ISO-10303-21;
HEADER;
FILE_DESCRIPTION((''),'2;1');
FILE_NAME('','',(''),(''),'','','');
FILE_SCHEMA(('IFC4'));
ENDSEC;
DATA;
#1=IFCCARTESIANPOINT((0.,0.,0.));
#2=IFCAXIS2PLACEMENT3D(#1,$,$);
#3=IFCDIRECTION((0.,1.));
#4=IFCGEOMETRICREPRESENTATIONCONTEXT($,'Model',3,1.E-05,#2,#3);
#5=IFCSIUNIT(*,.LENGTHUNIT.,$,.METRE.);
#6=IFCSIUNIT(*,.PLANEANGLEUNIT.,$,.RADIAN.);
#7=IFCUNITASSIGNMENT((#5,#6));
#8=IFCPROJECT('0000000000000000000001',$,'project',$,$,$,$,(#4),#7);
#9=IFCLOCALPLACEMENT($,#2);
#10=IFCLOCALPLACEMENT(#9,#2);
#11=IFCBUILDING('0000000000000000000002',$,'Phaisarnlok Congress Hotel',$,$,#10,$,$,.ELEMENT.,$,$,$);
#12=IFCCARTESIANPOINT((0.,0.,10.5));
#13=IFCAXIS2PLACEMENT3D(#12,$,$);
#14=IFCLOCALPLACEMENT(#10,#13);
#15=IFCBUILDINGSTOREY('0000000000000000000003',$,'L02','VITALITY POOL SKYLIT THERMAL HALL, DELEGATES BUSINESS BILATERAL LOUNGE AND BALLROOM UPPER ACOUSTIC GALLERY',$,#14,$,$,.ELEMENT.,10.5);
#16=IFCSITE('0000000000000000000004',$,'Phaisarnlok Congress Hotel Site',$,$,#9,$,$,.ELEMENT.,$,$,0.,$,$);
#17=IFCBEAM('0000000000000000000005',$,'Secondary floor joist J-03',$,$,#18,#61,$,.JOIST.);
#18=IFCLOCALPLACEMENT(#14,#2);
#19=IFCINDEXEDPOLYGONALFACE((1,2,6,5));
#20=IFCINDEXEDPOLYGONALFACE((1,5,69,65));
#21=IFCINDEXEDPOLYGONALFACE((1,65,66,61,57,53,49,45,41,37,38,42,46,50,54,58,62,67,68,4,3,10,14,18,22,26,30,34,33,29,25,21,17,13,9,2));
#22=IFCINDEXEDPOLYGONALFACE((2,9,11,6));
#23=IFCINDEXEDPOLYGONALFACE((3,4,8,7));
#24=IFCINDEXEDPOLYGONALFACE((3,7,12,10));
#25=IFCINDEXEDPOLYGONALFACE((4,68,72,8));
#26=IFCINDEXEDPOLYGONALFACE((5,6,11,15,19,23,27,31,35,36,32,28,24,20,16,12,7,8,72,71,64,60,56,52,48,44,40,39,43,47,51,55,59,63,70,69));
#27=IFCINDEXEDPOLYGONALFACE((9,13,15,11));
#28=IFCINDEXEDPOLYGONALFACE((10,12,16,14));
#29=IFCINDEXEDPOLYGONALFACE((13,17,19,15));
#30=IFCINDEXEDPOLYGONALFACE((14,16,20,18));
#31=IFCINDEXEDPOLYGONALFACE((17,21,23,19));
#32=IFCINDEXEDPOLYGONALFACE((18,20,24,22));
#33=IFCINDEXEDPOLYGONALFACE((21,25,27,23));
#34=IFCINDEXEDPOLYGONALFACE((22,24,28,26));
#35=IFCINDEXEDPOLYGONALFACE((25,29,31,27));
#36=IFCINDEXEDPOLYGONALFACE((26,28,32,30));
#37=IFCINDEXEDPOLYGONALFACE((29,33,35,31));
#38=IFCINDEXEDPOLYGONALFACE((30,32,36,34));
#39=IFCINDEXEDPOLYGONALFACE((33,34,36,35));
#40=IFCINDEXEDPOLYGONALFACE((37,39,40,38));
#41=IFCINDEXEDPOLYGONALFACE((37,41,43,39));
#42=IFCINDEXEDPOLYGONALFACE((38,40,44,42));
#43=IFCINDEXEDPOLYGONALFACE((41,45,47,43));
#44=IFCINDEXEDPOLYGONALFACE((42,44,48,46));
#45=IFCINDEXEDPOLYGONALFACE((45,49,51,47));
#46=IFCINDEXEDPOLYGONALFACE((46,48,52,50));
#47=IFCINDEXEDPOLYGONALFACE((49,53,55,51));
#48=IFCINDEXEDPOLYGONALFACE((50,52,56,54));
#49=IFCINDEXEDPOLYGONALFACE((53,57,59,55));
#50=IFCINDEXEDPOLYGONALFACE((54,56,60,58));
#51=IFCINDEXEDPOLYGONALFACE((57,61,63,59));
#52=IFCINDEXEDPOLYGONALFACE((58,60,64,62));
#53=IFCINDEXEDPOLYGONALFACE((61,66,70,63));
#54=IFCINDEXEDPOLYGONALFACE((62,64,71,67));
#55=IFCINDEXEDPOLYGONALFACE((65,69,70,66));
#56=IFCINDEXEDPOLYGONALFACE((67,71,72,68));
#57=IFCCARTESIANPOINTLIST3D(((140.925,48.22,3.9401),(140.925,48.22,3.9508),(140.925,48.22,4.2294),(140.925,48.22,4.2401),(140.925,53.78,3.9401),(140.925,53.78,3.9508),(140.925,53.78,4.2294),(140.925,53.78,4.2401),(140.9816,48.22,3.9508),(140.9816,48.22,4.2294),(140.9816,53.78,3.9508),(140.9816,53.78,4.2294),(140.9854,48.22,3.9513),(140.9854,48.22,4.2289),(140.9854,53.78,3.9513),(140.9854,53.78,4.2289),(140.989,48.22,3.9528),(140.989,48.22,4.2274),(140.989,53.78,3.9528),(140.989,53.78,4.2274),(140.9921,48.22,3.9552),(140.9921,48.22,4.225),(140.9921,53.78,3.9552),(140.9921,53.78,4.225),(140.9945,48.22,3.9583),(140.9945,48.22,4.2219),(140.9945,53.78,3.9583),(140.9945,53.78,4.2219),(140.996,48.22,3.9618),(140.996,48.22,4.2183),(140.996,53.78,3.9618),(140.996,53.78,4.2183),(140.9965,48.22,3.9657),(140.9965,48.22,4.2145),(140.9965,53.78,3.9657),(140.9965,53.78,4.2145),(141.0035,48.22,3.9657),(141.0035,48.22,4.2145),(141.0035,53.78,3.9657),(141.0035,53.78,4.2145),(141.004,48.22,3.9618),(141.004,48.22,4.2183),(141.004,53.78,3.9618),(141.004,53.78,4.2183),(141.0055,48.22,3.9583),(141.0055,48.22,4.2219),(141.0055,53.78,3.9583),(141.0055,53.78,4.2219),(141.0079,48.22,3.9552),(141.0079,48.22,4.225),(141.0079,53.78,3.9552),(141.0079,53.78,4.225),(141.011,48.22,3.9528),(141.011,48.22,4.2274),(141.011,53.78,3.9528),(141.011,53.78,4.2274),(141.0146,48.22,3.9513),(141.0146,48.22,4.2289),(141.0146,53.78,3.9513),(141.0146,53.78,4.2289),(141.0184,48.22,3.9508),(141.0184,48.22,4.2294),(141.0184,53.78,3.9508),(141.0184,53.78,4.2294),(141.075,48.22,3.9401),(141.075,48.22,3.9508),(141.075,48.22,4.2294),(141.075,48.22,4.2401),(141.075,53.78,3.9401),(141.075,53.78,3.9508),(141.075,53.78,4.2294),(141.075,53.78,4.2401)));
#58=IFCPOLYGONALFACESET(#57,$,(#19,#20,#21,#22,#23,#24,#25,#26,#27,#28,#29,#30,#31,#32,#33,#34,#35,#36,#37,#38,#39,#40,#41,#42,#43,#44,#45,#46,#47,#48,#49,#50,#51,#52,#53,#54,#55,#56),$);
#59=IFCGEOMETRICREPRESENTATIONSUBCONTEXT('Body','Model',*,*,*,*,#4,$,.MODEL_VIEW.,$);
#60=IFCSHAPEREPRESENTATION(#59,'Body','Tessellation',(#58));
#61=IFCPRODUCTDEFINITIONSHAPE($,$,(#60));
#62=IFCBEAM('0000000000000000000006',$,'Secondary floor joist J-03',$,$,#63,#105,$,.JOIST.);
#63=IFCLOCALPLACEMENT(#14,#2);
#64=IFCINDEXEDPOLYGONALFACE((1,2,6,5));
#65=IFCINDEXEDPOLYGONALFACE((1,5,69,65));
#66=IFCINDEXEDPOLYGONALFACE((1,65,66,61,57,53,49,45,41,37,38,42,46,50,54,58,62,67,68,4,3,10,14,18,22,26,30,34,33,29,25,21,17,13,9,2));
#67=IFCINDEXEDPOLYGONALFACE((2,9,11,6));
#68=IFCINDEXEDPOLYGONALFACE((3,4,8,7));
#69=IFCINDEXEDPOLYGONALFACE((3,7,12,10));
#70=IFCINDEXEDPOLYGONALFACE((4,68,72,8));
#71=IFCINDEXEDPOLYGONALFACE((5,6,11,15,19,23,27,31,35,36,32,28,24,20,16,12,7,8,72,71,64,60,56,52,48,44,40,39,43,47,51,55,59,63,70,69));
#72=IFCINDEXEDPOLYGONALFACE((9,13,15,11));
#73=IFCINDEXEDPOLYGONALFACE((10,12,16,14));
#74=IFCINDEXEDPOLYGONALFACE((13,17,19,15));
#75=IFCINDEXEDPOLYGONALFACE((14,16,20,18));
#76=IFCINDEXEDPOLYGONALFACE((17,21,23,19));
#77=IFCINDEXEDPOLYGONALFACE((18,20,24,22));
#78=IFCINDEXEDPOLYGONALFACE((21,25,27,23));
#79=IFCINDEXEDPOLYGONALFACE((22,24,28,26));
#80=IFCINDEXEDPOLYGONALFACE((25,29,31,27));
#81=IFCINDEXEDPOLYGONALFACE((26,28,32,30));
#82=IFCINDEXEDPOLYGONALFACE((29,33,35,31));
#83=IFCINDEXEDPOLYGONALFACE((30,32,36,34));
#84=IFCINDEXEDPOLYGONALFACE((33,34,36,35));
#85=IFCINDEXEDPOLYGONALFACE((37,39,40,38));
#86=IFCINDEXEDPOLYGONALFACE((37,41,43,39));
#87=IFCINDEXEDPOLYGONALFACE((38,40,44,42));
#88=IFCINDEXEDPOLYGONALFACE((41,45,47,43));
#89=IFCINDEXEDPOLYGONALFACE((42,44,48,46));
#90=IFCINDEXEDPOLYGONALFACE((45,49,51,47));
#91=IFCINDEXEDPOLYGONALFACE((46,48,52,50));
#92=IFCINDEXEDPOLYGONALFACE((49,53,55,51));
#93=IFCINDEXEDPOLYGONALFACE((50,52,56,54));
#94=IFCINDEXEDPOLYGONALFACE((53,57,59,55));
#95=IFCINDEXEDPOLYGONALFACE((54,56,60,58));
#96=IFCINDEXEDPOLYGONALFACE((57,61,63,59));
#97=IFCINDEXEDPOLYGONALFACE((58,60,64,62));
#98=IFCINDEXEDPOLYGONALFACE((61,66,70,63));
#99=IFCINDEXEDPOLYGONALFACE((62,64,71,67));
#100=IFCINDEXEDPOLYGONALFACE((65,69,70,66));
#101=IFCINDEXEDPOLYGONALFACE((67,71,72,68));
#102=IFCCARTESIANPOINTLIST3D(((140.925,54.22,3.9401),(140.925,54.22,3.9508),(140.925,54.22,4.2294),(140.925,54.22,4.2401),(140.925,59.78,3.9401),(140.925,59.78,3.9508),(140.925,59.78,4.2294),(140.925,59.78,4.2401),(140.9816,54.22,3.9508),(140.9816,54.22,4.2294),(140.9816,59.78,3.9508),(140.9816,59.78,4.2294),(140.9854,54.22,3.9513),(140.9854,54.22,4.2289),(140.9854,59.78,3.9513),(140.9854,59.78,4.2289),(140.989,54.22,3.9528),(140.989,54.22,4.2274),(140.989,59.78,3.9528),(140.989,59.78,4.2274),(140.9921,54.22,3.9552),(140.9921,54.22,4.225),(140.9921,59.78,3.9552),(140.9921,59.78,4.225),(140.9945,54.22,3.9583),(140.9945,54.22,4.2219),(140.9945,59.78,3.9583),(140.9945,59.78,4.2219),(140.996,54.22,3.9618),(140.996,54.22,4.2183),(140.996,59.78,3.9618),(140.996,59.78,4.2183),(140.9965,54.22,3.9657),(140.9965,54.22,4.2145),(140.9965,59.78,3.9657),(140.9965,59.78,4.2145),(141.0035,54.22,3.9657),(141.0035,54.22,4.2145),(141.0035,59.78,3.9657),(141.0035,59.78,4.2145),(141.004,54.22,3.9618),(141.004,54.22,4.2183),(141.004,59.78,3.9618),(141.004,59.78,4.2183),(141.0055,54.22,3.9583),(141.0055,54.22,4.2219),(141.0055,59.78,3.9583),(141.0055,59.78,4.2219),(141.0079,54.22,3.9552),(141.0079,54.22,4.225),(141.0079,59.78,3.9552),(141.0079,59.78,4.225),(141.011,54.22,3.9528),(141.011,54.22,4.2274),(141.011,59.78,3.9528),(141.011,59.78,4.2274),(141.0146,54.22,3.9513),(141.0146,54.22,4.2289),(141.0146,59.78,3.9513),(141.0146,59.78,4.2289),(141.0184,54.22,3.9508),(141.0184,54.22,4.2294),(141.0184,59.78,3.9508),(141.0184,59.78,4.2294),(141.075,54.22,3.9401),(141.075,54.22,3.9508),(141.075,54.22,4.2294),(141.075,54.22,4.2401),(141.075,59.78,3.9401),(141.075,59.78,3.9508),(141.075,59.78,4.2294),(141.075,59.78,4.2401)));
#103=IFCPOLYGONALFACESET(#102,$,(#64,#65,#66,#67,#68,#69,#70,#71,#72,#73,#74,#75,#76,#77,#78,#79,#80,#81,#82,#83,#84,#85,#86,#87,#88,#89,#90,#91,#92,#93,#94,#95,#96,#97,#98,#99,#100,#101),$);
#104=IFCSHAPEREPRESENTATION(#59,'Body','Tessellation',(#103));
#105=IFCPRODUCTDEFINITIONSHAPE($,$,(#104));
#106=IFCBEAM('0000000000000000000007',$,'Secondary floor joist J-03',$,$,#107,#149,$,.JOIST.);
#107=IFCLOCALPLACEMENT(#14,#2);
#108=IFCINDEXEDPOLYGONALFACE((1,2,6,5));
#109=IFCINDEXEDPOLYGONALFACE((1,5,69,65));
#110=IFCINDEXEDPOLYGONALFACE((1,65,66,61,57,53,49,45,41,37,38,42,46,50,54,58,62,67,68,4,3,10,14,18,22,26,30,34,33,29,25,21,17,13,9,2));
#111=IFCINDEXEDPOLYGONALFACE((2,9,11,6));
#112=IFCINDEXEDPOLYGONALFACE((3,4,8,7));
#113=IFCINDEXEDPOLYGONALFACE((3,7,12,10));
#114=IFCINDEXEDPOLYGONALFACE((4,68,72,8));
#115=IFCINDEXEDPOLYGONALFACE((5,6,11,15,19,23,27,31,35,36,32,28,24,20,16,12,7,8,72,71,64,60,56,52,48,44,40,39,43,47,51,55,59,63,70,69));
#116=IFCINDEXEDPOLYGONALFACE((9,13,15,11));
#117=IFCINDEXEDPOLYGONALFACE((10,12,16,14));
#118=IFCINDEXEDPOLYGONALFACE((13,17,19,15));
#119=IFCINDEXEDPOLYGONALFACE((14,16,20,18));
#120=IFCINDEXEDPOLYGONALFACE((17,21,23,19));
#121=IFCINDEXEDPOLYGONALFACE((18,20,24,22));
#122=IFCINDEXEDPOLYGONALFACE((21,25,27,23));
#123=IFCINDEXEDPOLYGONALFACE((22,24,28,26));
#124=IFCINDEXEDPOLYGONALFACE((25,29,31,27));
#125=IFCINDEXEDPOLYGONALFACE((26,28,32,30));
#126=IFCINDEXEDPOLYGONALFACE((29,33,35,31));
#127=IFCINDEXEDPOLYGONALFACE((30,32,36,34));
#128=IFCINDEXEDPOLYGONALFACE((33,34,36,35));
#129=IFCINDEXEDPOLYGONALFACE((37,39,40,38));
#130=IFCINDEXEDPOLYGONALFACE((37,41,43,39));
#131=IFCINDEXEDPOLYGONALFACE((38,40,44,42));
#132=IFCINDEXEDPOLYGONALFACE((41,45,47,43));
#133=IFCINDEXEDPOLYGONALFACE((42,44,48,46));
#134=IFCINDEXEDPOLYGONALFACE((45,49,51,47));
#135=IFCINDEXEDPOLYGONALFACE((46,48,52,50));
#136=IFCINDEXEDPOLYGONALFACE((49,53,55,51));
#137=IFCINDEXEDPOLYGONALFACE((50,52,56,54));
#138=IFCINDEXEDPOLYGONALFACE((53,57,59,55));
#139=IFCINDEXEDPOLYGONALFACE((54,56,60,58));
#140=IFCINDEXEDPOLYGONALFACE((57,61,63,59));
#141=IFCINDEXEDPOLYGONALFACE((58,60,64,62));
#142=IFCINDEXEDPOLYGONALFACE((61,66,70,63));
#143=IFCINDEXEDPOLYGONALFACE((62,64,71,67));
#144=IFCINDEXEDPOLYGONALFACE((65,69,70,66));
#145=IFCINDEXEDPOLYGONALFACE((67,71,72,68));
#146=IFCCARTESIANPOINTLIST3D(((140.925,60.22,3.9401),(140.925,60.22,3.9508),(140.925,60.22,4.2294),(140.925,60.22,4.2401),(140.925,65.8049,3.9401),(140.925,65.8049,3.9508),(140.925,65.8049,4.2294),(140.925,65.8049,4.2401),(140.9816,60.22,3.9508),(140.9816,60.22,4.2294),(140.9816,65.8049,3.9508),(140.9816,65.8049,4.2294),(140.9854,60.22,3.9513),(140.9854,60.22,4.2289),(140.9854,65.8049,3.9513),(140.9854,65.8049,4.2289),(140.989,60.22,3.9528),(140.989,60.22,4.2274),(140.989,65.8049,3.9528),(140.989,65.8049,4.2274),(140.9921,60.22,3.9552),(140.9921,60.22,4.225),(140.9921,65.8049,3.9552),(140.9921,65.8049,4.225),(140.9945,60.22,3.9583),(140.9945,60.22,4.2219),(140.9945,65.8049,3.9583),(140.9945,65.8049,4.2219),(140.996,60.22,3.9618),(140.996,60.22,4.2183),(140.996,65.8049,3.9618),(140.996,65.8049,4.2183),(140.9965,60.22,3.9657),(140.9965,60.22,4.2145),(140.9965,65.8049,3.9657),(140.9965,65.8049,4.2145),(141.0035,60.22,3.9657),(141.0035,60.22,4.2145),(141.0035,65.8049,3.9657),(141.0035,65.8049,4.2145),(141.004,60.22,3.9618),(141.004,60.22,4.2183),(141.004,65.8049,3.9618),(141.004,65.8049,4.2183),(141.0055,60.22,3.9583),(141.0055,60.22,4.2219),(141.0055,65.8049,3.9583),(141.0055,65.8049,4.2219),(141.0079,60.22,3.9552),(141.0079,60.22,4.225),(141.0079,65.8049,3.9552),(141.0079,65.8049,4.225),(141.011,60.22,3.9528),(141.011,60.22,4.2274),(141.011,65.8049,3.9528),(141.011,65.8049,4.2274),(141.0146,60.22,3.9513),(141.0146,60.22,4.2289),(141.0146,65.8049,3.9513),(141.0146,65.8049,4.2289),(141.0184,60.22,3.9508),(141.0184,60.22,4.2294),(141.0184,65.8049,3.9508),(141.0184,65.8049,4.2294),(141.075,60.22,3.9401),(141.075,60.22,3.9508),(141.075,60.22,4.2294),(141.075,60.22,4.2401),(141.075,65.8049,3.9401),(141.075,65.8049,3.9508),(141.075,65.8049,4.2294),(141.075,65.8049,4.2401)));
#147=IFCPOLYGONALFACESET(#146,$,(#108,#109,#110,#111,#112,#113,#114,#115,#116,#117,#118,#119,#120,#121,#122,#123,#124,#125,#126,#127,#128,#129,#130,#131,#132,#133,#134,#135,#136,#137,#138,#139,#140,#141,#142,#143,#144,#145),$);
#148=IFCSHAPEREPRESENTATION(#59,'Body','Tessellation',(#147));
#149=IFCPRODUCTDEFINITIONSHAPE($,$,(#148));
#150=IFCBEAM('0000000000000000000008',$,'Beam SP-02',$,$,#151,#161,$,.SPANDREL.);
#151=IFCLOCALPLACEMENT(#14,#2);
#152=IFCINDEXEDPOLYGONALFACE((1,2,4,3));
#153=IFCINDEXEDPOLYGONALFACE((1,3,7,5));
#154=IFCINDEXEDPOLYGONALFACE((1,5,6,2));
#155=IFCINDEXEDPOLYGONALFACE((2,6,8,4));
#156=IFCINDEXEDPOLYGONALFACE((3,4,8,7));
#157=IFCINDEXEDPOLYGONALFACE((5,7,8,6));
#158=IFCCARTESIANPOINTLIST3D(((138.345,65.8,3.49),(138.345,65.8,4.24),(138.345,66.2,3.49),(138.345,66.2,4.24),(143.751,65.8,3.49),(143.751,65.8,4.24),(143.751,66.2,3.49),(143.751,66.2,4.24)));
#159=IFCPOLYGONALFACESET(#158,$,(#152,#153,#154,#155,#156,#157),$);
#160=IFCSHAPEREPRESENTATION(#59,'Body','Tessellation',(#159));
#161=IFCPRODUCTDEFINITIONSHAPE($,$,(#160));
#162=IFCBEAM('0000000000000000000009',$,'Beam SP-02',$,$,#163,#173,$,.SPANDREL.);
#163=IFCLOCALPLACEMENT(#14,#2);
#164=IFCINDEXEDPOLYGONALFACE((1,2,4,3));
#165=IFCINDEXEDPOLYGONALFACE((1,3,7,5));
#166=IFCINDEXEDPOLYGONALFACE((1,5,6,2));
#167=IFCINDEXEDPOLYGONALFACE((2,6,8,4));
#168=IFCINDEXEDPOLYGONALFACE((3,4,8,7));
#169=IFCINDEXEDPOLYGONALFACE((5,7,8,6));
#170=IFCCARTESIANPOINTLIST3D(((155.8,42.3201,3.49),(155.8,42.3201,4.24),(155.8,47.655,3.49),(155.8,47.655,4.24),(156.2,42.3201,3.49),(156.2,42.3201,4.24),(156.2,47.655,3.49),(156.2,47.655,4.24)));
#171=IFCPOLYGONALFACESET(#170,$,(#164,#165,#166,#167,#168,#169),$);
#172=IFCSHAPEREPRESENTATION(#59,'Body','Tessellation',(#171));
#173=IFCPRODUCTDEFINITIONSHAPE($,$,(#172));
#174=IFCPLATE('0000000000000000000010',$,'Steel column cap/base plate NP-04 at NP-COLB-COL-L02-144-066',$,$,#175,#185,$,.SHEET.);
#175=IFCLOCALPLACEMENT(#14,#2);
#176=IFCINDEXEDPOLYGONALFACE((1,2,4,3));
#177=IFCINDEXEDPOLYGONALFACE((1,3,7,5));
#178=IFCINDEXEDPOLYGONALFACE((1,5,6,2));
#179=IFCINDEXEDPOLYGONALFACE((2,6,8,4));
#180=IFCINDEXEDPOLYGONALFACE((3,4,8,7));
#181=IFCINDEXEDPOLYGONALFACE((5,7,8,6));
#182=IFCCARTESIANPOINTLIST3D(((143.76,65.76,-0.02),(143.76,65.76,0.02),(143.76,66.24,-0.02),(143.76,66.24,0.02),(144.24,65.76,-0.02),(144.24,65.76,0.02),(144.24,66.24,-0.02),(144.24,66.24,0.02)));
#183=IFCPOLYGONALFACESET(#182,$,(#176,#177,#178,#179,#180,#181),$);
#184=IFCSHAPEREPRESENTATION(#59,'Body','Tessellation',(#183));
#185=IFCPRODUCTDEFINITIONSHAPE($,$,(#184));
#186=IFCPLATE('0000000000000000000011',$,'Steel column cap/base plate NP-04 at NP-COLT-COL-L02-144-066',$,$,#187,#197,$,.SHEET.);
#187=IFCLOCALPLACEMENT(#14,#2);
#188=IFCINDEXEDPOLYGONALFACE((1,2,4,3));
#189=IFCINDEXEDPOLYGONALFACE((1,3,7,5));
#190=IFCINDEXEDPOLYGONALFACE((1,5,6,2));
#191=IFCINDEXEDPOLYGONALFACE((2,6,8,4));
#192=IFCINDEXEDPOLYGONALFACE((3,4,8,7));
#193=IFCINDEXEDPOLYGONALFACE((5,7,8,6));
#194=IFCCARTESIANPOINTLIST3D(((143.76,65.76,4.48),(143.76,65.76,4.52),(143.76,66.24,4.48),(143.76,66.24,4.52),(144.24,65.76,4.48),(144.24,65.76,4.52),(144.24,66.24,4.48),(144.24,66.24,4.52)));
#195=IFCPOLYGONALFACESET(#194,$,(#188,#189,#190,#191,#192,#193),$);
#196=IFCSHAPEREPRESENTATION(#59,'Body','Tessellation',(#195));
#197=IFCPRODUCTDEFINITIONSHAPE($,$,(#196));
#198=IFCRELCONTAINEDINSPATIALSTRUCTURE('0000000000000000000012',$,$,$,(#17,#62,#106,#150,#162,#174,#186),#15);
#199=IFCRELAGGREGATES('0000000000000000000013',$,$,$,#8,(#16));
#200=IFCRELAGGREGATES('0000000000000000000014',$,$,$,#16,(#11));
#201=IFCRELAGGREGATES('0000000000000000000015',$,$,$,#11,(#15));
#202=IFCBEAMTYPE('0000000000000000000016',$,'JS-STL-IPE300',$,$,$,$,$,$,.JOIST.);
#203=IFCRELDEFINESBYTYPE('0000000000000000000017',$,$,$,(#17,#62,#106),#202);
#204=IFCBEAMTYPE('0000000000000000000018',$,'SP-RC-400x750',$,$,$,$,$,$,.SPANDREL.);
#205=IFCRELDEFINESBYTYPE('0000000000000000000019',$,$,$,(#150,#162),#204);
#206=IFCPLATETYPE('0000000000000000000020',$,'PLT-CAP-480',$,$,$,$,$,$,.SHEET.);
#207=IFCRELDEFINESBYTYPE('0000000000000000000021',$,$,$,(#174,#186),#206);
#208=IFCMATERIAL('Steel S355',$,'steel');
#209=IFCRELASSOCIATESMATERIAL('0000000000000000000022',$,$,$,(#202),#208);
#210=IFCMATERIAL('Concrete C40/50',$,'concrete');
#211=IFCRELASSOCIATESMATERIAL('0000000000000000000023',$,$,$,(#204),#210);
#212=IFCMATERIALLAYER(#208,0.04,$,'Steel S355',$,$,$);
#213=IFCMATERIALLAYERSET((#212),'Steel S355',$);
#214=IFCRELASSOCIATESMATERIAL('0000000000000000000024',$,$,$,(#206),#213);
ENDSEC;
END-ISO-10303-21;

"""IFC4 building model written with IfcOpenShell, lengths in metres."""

from ifc_helpers import new_model, si_unit, direction, frame, origin, origin_2d, place, context, subcontext, project, spatial, rectangle, i_section, extrude, material, layer, layer_set, material_profile, profile_set, type_object, element, save


model = new_model("IFC4")

# Units and contexts
model_context = context("Model", 3, precision=1e-05, world=origin(), true_north=direction((0.0, 1.0)))
body_context = subcontext(model_context, "Body", "Model", "MODEL_VIEW")
ifc_project = project(units=[si_unit("LENGTHUNIT", "METRE"), si_unit("PLANEANGLEUNIT", "RADIAN")], contexts=[model_context])

# Site, building, storey
site_placement = place(None, origin())
site = spatial("IfcSite", under=ifc_project, at=site_placement, Name="Phaisarnlok Congress Hotel Site", CompositionType="ELEMENT", RefElevation=0.0)
building_placement = place(site_placement, origin())
building = spatial("IfcBuilding", under=site, at=building_placement, Name="Phaisarnlok Congress Hotel", CompositionType="ELEMENT")
storey_placement = place(building_placement, frame((0.0, 0.0, 10.5)))
storey = spatial("IfcBuildingStorey", under=building, at=storey_placement, Name="L02", Description="VITALITY POOL SKYLIT THERMAL HALL, DELEGATES BUSINESS BILATERAL LOUNGE AND BALLROOM UPPER ACOUSTIC GALLERY", CompositionType="ELEMENT", Elevation=10.5)

# Shared definitions
ifc_material_1 = material(Name="Steel S355", Category="steel")

# Shared definitions
ifc_material_2 = material(Name="Concrete C40/50", Category="concrete")

# Beams
ifc_material_profile_1 = material_profile(ifc_material_1, i_section(OverallWidth=0.1499, OverallDepth=0.3, WebThickness=0.0071, FlangeThickness=0.0107, FilletRadius=0.0149, at=origin_2d()), Name="IPE 300")
ifc_profile_set_1 = profile_set([ifc_material_profile_1], Name="Steel S355")
beam_type_1 = type_object("IfcBeamType", Name="JS-STL-IPE300", PredefinedType="JOIST", material=ifc_profile_set_1)
for number, where, z_axis, x_axis, name in (
    (1, (141.0, 48.22, 4.0901), (0.0, 1.0, 0.0), (-1.0, 0.0, 0.0), "Secondary floor joist J-03"),
    (2, (141.0, 54.22, 4.0901), (0.0, 1.0, 0.0), (-1.0, 0.0, 0.0), "Secondary floor joist J-03"),
):
    element("IfcBeam", number, at=place(storey_placement, frame(where, z_axis=z_axis, x_axis=x_axis)), inside=storey, type_object=beam_type_1, Name=name, PredefinedType="JOIST", context=body_context, shape_type="SweptSolid", body=[
        extrude(i_section(OverallWidth=0.1499, OverallDepth=0.3, WebThickness=0.0071, FlangeThickness=0.0107, FilletRadius=0.0149, at=origin_2d()), origin(), (0.0, 0.0, 1.0), 5.5601),
    ])
beam_1_placement = place(storey_placement, frame((141.0, 60.22, 4.0901), z_axis=(0.0, 1.0, 0.0), x_axis=(-1.0, 0.0, 0.0)))
element("IfcBeam", 3, at=beam_1_placement, inside=storey, type_object=beam_type_1, Name="Secondary floor joist J-03", PredefinedType="JOIST", context=body_context, shape_type="SweptSolid", body=[
    extrude(i_section(OverallWidth=0.1499, OverallDepth=0.3, WebThickness=0.0071, FlangeThickness=0.0107, FilletRadius=0.0149, at=origin_2d()), origin(), (0.0, 0.0, 1.0), 5.585),
])
ifc_material_profile_2 = material_profile(ifc_material_2, rectangle(XDim=0.3999, YDim=0.75, at=origin_2d()), Name="RC 400x750")
ifc_profile_set_2 = profile_set([ifc_material_profile_2], Name="Concrete C40/50")
beam_type_2 = type_object("IfcBeamType", Name="SP-RC-400x750", PredefinedType="SPANDREL", material=ifc_profile_set_2)
beam_2_placement = place(storey_placement, frame((138.345, 66.0, 3.865), z_axis=(1.0, 0.0, 0.0), x_axis=(0.0, 1.0, 0.0)))
element("IfcBeam", 4, at=beam_2_placement, inside=storey, type_object=beam_type_2, Name="Beam SP-02", PredefinedType="SPANDREL", context=body_context, shape_type="SweptSolid", body=[
    extrude(rectangle(XDim=0.3999, YDim=0.75, at=origin_2d()), origin(), (0.0, 0.0, 1.0), 5.406),
])
beam_3_placement = place(storey_placement, frame((156.0, 42.3201, 3.865), z_axis=(0.0, 1.0, 0.0), x_axis=(-1.0, 0.0, 0.0)))
element("IfcBeam", 5, at=beam_3_placement, inside=storey, type_object=beam_type_2, Name="Beam SP-02", PredefinedType="SPANDREL", context=body_context, shape_type="SweptSolid", body=[
    extrude(rectangle(XDim=0.3999, YDim=0.75, at=origin_2d()), origin(), (0.0, 0.0, 1.0), 5.335),
])

# Plates
ifc_layer = layer(ifc_material_1, 0.04, Name="Steel S355")
ifc_layer_set = layer_set([ifc_layer], Name="Steel S355")
plate_type = type_object("IfcPlateType", Name="PLT-CAP-480", PredefinedType="SHEET", material=ifc_layer_set)
for number, where, z_axis, x_axis, name in (
    (6, (144.0, 66.0, -0.02), (0.0, 0.0, 1.0), (1.0, 0.0, 0.0), "Steel column cap/base plate NP-04 at NP-COLB-COL-L02-144-066"),
    (7, (144.0, 66.0, 4.48), (0.0, 0.0, 1.0), (1.0, 0.0, 0.0), "Steel column cap/base plate NP-04 at NP-COLT-COL-L02-144-066"),
):
    element("IfcPlate", number, at=place(storey_placement, frame(where, z_axis=z_axis, x_axis=x_axis)), inside=storey, type_object=plate_type, Name=name, PredefinedType="SHEET", context=body_context, shape_type="SweptSolid", body=[
        extrude(rectangle(XDim=0.48, YDim=0.48, at=origin_2d()), origin(), (0.0, 0.0, 1.0), 0.04),
    ])

save(model, "model.ifc")
